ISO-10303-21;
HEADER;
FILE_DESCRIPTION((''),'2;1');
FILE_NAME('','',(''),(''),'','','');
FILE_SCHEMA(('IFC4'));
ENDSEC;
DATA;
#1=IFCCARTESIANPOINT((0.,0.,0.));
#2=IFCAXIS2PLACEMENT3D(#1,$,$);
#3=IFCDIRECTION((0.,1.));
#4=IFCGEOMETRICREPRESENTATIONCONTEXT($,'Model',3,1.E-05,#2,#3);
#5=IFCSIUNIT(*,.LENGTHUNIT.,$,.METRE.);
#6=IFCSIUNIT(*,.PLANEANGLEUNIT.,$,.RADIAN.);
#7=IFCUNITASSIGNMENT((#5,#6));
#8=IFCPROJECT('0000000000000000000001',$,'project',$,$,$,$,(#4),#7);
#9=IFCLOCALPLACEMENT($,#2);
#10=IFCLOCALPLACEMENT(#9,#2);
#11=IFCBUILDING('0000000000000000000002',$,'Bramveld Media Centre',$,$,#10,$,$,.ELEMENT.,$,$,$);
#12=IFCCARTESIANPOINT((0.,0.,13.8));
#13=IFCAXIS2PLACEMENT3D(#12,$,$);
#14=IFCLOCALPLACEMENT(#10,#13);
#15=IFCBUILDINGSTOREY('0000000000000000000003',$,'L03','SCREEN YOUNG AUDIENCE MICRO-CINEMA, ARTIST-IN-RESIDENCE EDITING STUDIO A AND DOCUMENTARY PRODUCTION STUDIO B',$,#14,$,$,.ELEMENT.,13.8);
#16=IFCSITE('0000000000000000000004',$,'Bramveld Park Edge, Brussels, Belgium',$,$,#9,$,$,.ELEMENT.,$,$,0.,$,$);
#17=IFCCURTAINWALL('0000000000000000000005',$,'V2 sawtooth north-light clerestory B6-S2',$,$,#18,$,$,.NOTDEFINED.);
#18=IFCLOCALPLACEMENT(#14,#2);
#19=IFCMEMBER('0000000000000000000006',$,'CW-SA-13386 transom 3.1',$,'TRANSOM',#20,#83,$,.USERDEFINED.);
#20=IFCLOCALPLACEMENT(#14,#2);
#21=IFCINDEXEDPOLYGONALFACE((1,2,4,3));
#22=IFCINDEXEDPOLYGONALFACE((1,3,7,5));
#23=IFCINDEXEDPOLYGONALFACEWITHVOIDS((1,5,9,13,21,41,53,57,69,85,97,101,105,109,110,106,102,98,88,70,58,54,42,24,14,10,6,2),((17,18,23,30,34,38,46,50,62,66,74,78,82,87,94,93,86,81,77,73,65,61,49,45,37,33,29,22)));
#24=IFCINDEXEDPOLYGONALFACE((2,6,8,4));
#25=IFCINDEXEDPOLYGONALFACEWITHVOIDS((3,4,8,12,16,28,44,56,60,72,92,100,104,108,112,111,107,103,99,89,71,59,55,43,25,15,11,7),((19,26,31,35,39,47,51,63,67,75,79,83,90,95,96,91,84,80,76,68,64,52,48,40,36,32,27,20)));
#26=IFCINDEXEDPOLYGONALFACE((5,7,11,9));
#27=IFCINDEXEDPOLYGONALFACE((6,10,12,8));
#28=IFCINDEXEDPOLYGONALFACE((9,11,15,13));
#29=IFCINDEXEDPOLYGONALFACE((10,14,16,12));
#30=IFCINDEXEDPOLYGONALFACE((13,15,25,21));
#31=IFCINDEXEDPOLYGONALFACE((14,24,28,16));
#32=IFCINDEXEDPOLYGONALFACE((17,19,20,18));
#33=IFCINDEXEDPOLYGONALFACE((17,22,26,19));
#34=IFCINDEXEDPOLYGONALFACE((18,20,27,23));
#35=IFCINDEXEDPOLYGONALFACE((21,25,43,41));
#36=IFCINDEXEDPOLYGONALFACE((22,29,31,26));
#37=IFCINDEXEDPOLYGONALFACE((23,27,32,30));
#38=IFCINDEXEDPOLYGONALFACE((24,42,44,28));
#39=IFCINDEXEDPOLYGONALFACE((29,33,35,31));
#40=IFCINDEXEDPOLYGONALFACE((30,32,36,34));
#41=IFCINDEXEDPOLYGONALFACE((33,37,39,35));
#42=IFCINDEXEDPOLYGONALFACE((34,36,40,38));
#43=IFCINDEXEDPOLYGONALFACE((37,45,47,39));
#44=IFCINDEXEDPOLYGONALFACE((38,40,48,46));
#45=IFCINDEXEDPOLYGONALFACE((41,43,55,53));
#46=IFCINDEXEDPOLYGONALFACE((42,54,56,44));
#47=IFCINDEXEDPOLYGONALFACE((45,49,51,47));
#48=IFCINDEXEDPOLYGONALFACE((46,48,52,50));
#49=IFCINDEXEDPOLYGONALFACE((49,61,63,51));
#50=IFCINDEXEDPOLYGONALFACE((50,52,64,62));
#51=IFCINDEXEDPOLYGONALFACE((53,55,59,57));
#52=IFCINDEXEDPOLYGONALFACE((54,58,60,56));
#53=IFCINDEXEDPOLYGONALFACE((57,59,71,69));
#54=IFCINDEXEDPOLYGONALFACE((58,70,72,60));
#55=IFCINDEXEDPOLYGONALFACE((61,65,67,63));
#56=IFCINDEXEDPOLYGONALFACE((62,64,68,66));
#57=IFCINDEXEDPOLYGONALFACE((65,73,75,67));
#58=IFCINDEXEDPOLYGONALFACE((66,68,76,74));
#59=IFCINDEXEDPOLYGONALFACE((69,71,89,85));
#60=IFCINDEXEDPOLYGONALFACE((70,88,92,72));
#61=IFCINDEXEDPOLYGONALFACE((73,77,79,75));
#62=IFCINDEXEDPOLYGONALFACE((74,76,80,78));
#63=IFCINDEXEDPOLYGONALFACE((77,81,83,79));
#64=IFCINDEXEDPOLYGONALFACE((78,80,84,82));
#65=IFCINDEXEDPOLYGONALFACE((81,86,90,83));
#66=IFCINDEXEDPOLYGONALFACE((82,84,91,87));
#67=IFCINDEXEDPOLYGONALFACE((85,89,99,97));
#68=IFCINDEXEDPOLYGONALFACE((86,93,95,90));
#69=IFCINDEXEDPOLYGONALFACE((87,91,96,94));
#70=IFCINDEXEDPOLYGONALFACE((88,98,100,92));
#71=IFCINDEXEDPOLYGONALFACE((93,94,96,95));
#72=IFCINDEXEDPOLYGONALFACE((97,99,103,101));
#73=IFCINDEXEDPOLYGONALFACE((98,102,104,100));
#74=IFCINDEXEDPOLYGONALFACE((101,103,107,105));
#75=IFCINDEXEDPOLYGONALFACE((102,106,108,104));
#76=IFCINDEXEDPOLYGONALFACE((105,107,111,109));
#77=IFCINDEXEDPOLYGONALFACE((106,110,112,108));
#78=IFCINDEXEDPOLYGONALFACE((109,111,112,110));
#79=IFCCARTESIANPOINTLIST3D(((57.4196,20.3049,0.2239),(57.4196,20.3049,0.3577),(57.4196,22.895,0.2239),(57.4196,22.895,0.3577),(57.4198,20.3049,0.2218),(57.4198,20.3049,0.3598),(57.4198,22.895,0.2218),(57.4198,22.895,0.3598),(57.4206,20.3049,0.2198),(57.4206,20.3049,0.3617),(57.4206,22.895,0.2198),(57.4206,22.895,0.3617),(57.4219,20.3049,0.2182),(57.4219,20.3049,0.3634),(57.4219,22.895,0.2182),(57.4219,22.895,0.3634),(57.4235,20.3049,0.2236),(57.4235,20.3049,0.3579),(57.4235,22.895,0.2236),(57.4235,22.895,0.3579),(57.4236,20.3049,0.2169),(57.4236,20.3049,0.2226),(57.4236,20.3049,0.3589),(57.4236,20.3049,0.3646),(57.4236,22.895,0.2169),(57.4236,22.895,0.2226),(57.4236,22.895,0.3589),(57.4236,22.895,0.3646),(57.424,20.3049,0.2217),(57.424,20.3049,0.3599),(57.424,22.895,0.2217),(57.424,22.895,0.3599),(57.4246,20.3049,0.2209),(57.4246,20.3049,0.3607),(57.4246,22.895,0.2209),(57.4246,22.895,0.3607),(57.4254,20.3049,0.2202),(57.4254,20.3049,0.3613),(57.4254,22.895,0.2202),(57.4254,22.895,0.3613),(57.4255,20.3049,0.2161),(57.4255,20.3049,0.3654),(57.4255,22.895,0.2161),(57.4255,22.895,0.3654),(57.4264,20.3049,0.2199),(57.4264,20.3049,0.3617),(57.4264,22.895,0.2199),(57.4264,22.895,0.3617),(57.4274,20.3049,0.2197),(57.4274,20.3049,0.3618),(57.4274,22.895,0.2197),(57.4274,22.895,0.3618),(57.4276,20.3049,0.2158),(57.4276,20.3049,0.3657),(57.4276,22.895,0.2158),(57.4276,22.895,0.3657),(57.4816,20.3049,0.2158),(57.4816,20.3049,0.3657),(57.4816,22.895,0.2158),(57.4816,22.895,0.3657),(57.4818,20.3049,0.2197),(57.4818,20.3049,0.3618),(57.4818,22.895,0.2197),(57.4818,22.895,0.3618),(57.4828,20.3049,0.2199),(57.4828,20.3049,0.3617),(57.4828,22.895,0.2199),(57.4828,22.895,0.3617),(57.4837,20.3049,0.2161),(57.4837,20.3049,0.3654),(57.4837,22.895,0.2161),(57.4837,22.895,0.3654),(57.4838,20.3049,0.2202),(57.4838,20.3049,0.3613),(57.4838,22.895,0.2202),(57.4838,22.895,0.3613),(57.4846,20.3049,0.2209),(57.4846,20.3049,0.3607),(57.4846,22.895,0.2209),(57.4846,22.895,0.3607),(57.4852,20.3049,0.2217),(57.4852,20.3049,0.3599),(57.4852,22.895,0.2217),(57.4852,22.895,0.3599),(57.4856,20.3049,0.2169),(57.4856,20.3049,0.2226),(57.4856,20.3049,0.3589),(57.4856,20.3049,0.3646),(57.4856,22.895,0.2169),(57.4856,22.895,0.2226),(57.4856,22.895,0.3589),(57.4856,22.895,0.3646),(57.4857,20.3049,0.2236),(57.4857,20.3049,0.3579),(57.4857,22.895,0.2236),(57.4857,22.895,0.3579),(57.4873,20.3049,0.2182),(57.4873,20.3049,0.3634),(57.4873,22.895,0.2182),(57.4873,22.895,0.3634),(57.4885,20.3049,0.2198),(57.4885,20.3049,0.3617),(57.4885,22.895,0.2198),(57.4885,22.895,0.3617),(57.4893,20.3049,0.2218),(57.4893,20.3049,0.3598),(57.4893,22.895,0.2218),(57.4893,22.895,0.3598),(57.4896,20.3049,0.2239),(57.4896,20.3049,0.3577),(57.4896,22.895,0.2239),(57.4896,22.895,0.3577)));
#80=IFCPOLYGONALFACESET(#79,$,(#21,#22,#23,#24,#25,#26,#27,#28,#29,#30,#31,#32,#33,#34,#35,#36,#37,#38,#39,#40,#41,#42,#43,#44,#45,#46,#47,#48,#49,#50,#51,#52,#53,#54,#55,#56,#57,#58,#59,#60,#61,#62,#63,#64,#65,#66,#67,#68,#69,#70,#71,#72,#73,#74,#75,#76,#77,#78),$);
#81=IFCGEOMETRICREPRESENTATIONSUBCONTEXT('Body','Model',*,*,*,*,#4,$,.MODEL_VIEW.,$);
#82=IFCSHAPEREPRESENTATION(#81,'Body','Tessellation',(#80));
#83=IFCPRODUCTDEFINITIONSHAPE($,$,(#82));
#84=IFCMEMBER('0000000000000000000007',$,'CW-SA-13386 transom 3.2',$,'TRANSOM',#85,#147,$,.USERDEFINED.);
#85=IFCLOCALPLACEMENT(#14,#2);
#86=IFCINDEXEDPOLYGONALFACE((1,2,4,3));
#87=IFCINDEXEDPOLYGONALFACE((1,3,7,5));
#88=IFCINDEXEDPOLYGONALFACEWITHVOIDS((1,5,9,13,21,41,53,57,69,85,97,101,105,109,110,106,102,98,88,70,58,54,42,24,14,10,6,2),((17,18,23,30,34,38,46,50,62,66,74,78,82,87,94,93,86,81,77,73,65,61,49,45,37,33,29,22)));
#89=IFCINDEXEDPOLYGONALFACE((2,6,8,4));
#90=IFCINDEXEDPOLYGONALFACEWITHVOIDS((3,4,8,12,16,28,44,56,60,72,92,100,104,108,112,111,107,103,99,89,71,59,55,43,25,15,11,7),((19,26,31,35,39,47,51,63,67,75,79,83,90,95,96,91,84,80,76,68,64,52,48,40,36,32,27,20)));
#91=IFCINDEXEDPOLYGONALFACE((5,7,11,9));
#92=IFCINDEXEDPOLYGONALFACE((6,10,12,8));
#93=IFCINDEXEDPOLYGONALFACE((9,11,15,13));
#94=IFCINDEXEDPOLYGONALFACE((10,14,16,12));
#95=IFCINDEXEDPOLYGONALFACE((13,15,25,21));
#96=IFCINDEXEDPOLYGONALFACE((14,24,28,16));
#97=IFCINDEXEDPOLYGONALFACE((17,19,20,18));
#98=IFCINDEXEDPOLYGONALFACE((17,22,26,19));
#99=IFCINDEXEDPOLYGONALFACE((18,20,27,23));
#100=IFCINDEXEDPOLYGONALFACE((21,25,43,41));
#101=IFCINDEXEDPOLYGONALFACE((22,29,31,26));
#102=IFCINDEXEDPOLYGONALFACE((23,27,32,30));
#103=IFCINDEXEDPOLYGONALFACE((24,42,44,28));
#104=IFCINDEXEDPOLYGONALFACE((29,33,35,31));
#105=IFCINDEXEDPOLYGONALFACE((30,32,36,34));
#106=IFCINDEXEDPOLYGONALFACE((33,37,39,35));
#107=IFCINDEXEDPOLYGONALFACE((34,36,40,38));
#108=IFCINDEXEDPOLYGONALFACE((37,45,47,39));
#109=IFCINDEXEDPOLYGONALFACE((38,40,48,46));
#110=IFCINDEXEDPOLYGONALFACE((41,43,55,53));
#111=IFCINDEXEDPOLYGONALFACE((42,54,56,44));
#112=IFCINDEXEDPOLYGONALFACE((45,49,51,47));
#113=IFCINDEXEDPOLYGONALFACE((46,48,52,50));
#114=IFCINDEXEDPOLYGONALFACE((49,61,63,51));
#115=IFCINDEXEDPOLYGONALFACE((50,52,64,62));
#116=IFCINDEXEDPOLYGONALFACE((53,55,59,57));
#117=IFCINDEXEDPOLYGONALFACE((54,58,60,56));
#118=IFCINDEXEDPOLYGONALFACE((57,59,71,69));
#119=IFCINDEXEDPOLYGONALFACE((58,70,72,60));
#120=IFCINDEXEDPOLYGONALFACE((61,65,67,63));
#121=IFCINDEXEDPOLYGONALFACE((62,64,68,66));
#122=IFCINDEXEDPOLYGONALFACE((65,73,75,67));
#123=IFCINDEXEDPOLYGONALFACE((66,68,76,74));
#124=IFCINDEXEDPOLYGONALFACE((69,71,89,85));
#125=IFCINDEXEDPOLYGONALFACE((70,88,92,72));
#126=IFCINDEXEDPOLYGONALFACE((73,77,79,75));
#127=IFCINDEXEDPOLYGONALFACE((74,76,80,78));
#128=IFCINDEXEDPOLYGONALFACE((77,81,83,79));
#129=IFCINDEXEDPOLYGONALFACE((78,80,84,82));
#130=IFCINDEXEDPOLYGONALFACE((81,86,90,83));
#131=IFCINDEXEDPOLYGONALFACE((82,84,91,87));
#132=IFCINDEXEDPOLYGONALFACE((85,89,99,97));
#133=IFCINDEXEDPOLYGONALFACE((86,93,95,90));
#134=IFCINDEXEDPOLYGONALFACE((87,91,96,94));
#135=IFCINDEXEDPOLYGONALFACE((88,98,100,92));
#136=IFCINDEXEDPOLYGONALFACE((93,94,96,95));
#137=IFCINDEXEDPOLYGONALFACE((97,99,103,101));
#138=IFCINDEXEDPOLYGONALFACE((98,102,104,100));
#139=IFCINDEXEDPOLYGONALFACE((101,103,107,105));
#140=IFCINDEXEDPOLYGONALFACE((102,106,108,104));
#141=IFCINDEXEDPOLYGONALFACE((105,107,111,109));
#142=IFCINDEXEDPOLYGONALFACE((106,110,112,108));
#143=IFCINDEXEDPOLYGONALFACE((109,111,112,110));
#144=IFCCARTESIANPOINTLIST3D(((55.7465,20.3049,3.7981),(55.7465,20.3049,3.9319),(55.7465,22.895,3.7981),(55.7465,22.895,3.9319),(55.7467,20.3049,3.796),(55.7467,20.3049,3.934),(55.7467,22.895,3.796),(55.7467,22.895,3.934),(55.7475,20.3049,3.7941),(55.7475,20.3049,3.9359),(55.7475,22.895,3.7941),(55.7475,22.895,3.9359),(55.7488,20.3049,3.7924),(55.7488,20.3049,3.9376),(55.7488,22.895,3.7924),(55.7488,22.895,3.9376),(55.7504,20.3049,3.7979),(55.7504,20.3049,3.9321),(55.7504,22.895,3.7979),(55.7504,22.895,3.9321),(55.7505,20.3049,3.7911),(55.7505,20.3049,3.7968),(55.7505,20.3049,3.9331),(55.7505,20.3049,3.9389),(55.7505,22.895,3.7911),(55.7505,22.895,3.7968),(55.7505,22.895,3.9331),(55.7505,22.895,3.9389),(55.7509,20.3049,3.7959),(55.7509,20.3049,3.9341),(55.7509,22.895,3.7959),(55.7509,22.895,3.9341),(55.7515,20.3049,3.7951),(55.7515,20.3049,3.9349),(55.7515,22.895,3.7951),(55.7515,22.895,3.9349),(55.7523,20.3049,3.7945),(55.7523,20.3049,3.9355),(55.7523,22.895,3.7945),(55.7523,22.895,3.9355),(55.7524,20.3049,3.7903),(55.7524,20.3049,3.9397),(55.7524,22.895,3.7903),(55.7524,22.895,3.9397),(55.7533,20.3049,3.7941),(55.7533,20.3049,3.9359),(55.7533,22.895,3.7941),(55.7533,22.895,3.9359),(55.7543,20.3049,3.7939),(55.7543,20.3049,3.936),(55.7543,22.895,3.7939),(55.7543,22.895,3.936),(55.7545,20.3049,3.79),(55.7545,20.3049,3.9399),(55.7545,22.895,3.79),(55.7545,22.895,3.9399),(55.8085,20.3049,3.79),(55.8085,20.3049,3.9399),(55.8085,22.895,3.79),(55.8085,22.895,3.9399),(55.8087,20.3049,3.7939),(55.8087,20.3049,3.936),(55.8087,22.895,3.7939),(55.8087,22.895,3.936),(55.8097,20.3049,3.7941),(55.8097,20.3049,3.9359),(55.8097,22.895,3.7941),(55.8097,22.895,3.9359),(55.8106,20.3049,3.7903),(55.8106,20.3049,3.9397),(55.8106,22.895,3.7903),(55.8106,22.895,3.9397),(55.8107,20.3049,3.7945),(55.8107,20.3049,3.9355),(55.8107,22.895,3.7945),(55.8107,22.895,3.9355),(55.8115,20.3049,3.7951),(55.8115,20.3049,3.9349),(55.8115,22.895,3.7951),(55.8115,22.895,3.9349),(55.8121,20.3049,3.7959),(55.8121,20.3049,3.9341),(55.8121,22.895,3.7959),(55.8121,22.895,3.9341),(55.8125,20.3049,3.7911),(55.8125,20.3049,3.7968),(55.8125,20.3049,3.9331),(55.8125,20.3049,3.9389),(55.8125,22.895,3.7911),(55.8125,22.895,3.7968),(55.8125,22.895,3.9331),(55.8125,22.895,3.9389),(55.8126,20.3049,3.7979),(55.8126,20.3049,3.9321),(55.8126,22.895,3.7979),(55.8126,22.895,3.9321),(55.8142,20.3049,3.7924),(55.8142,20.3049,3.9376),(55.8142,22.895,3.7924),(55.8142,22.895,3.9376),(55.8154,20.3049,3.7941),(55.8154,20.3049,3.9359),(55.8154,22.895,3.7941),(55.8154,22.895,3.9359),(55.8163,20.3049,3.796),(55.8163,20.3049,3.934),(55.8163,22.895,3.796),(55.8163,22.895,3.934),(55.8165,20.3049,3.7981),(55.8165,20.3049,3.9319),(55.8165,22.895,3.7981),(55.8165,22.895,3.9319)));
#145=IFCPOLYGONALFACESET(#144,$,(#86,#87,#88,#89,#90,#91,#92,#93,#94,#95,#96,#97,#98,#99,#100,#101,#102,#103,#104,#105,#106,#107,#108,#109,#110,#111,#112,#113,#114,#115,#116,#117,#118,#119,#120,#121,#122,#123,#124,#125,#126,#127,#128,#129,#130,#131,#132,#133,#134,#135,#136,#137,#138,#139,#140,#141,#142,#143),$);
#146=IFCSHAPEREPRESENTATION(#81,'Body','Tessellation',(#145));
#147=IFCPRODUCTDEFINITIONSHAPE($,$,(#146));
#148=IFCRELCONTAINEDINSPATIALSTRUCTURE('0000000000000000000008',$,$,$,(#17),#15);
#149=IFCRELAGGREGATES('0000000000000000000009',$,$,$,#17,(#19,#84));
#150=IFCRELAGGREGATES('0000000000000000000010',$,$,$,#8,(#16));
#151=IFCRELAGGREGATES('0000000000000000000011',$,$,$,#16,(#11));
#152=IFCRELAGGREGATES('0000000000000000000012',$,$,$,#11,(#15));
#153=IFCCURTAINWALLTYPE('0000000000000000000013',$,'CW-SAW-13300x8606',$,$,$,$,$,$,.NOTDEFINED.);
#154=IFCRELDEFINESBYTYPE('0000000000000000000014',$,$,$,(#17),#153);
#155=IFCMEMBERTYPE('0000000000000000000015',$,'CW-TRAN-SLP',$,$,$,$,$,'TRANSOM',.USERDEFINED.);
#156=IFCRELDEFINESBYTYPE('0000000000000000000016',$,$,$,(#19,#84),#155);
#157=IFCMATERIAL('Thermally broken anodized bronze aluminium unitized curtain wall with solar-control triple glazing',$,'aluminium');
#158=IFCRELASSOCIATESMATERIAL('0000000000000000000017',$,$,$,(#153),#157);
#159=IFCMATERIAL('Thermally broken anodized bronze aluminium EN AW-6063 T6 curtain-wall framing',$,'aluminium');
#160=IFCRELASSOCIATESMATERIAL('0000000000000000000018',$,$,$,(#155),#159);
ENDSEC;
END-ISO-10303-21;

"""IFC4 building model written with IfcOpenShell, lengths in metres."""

from ifc_helpers import new_model, si_unit, direction, frame, origin, origin_2d, place, context, subcontext, project, spatial, hollow_rectangle, extrude, material, material_profile, profile_set, type_object, element, aggregate, save


model = new_model("IFC4")

# Units and contexts
model_context = context("Model", 3, precision=1e-05, world=origin(), true_north=direction((0.0, 1.0)))
body_context = subcontext(model_context, "Body", "Model", "MODEL_VIEW")
ifc_project = project(units=[si_unit("LENGTHUNIT", "METRE"), si_unit("PLANEANGLEUNIT", "RADIAN")], contexts=[model_context])

# Site, building, storey
site_placement = place(None, origin())
site = spatial("IfcSite", under=ifc_project, at=site_placement, Name="Bramveld Park Edge, Brussels, Belgium", CompositionType="ELEMENT", RefElevation=0.0)
building_placement = place(site_placement, origin())
building = spatial("IfcBuilding", under=site, at=building_placement, Name="Bramveld Media Centre", CompositionType="ELEMENT")
storey_placement = place(building_placement, frame((0.0, 0.0, 13.8)))
storey = spatial("IfcBuildingStorey", under=building, at=storey_placement, Name="L03", Description="SCREEN YOUNG AUDIENCE MICRO-CINEMA, ARTIST-IN-RESIDENCE EDITING STUDIO A AND DOCUMENTARY PRODUCTION STUDIO B", CompositionType="ELEMENT", Elevation=13.8)

# Curtain wall, members
ifc_material_1 = material(Name="Thermally broken anodized bronze aluminium unitized curtain wall with solar-control triple glazing", Category="aluminium")
curtain_wall_type = type_object("IfcCurtainWallType", Name="CW-SAW-13300x8606", PredefinedType="NOTDEFINED", material=ifc_material_1)
curtain_wall_placement = place(storey_placement, origin())
curtain_wall = element("IfcCurtainWall", 1, at=curtain_wall_placement, inside=storey, type_object=curtain_wall_type, Name="V2 sawtooth north-light clerestory B6-S2", PredefinedType="NOTDEFINED")
ifc_material_2 = material(Name="Thermally broken anodized bronze aluminium EN AW-6063 T6 curtain-wall framing", Category="aluminium")
ifc_material_profile_1 = material_profile(ifc_material_2, hollow_rectangle(XDim=0.0701, YDim=0.1499, WallThickness=0.0039, InnerFilletRadius=0.0039, OuterFilletRadius=0.0081, at=origin_2d()), Name="AL-TRAN 70x150")
ifc_profile_set_1 = profile_set([ifc_material_profile_1], Name="Thermally broken anodized bronze aluminium EN AW-6063 T6 curtain-wall framing")
member_type_1 = type_object("IfcMemberType", Name="CW-TRAN-SLP", ElementType="TRANSOM", PredefinedType="USERDEFINED", material=ifc_profile_set_1)
member_1_placement = place(storey_placement, frame((57.4546, 20.3049, 0.2908), z_axis=(0.0, 1.0, 0.0), x_axis=(-1.0, 0.0, 0.0)))
member_1 = element("IfcMember", 2, at=member_1_placement, type_object=member_type_1, Name="CW-SA-13386 transom 3.1", ObjectType="TRANSOM", PredefinedType="USERDEFINED", context=body_context, shape_type="SweptSolid", body=[
    extrude(hollow_rectangle(XDim=0.0701, YDim=0.1499, WallThickness=0.0039, InnerFilletRadius=0.0039, OuterFilletRadius=0.0081, at=origin_2d()), origin(), (0.0, 0.0, 1.0), 2.5901),
])
member_2_placement = place(storey_placement, frame((55.7815, 20.3049, 3.865), z_axis=(0.0, 1.0, 0.0), x_axis=(-1.0, 0.0, 0.0)))
member_2 = element("IfcMember", 3, at=member_2_placement, type_object=member_type_1, Name="CW-SA-13386 transom 3.2", ObjectType="TRANSOM", PredefinedType="USERDEFINED", context=body_context, shape_type="SweptSolid", body=[
    extrude(hollow_rectangle(XDim=0.0701, YDim=0.1499, WallThickness=0.0039, InnerFilletRadius=0.0039, OuterFilletRadius=0.0081, at=origin_2d()), origin(), (0.0, 0.0, 1.0), 2.5901),
])

aggregate(curtain_wall, [member_1, member_2])

save(model, "model.ifc")
